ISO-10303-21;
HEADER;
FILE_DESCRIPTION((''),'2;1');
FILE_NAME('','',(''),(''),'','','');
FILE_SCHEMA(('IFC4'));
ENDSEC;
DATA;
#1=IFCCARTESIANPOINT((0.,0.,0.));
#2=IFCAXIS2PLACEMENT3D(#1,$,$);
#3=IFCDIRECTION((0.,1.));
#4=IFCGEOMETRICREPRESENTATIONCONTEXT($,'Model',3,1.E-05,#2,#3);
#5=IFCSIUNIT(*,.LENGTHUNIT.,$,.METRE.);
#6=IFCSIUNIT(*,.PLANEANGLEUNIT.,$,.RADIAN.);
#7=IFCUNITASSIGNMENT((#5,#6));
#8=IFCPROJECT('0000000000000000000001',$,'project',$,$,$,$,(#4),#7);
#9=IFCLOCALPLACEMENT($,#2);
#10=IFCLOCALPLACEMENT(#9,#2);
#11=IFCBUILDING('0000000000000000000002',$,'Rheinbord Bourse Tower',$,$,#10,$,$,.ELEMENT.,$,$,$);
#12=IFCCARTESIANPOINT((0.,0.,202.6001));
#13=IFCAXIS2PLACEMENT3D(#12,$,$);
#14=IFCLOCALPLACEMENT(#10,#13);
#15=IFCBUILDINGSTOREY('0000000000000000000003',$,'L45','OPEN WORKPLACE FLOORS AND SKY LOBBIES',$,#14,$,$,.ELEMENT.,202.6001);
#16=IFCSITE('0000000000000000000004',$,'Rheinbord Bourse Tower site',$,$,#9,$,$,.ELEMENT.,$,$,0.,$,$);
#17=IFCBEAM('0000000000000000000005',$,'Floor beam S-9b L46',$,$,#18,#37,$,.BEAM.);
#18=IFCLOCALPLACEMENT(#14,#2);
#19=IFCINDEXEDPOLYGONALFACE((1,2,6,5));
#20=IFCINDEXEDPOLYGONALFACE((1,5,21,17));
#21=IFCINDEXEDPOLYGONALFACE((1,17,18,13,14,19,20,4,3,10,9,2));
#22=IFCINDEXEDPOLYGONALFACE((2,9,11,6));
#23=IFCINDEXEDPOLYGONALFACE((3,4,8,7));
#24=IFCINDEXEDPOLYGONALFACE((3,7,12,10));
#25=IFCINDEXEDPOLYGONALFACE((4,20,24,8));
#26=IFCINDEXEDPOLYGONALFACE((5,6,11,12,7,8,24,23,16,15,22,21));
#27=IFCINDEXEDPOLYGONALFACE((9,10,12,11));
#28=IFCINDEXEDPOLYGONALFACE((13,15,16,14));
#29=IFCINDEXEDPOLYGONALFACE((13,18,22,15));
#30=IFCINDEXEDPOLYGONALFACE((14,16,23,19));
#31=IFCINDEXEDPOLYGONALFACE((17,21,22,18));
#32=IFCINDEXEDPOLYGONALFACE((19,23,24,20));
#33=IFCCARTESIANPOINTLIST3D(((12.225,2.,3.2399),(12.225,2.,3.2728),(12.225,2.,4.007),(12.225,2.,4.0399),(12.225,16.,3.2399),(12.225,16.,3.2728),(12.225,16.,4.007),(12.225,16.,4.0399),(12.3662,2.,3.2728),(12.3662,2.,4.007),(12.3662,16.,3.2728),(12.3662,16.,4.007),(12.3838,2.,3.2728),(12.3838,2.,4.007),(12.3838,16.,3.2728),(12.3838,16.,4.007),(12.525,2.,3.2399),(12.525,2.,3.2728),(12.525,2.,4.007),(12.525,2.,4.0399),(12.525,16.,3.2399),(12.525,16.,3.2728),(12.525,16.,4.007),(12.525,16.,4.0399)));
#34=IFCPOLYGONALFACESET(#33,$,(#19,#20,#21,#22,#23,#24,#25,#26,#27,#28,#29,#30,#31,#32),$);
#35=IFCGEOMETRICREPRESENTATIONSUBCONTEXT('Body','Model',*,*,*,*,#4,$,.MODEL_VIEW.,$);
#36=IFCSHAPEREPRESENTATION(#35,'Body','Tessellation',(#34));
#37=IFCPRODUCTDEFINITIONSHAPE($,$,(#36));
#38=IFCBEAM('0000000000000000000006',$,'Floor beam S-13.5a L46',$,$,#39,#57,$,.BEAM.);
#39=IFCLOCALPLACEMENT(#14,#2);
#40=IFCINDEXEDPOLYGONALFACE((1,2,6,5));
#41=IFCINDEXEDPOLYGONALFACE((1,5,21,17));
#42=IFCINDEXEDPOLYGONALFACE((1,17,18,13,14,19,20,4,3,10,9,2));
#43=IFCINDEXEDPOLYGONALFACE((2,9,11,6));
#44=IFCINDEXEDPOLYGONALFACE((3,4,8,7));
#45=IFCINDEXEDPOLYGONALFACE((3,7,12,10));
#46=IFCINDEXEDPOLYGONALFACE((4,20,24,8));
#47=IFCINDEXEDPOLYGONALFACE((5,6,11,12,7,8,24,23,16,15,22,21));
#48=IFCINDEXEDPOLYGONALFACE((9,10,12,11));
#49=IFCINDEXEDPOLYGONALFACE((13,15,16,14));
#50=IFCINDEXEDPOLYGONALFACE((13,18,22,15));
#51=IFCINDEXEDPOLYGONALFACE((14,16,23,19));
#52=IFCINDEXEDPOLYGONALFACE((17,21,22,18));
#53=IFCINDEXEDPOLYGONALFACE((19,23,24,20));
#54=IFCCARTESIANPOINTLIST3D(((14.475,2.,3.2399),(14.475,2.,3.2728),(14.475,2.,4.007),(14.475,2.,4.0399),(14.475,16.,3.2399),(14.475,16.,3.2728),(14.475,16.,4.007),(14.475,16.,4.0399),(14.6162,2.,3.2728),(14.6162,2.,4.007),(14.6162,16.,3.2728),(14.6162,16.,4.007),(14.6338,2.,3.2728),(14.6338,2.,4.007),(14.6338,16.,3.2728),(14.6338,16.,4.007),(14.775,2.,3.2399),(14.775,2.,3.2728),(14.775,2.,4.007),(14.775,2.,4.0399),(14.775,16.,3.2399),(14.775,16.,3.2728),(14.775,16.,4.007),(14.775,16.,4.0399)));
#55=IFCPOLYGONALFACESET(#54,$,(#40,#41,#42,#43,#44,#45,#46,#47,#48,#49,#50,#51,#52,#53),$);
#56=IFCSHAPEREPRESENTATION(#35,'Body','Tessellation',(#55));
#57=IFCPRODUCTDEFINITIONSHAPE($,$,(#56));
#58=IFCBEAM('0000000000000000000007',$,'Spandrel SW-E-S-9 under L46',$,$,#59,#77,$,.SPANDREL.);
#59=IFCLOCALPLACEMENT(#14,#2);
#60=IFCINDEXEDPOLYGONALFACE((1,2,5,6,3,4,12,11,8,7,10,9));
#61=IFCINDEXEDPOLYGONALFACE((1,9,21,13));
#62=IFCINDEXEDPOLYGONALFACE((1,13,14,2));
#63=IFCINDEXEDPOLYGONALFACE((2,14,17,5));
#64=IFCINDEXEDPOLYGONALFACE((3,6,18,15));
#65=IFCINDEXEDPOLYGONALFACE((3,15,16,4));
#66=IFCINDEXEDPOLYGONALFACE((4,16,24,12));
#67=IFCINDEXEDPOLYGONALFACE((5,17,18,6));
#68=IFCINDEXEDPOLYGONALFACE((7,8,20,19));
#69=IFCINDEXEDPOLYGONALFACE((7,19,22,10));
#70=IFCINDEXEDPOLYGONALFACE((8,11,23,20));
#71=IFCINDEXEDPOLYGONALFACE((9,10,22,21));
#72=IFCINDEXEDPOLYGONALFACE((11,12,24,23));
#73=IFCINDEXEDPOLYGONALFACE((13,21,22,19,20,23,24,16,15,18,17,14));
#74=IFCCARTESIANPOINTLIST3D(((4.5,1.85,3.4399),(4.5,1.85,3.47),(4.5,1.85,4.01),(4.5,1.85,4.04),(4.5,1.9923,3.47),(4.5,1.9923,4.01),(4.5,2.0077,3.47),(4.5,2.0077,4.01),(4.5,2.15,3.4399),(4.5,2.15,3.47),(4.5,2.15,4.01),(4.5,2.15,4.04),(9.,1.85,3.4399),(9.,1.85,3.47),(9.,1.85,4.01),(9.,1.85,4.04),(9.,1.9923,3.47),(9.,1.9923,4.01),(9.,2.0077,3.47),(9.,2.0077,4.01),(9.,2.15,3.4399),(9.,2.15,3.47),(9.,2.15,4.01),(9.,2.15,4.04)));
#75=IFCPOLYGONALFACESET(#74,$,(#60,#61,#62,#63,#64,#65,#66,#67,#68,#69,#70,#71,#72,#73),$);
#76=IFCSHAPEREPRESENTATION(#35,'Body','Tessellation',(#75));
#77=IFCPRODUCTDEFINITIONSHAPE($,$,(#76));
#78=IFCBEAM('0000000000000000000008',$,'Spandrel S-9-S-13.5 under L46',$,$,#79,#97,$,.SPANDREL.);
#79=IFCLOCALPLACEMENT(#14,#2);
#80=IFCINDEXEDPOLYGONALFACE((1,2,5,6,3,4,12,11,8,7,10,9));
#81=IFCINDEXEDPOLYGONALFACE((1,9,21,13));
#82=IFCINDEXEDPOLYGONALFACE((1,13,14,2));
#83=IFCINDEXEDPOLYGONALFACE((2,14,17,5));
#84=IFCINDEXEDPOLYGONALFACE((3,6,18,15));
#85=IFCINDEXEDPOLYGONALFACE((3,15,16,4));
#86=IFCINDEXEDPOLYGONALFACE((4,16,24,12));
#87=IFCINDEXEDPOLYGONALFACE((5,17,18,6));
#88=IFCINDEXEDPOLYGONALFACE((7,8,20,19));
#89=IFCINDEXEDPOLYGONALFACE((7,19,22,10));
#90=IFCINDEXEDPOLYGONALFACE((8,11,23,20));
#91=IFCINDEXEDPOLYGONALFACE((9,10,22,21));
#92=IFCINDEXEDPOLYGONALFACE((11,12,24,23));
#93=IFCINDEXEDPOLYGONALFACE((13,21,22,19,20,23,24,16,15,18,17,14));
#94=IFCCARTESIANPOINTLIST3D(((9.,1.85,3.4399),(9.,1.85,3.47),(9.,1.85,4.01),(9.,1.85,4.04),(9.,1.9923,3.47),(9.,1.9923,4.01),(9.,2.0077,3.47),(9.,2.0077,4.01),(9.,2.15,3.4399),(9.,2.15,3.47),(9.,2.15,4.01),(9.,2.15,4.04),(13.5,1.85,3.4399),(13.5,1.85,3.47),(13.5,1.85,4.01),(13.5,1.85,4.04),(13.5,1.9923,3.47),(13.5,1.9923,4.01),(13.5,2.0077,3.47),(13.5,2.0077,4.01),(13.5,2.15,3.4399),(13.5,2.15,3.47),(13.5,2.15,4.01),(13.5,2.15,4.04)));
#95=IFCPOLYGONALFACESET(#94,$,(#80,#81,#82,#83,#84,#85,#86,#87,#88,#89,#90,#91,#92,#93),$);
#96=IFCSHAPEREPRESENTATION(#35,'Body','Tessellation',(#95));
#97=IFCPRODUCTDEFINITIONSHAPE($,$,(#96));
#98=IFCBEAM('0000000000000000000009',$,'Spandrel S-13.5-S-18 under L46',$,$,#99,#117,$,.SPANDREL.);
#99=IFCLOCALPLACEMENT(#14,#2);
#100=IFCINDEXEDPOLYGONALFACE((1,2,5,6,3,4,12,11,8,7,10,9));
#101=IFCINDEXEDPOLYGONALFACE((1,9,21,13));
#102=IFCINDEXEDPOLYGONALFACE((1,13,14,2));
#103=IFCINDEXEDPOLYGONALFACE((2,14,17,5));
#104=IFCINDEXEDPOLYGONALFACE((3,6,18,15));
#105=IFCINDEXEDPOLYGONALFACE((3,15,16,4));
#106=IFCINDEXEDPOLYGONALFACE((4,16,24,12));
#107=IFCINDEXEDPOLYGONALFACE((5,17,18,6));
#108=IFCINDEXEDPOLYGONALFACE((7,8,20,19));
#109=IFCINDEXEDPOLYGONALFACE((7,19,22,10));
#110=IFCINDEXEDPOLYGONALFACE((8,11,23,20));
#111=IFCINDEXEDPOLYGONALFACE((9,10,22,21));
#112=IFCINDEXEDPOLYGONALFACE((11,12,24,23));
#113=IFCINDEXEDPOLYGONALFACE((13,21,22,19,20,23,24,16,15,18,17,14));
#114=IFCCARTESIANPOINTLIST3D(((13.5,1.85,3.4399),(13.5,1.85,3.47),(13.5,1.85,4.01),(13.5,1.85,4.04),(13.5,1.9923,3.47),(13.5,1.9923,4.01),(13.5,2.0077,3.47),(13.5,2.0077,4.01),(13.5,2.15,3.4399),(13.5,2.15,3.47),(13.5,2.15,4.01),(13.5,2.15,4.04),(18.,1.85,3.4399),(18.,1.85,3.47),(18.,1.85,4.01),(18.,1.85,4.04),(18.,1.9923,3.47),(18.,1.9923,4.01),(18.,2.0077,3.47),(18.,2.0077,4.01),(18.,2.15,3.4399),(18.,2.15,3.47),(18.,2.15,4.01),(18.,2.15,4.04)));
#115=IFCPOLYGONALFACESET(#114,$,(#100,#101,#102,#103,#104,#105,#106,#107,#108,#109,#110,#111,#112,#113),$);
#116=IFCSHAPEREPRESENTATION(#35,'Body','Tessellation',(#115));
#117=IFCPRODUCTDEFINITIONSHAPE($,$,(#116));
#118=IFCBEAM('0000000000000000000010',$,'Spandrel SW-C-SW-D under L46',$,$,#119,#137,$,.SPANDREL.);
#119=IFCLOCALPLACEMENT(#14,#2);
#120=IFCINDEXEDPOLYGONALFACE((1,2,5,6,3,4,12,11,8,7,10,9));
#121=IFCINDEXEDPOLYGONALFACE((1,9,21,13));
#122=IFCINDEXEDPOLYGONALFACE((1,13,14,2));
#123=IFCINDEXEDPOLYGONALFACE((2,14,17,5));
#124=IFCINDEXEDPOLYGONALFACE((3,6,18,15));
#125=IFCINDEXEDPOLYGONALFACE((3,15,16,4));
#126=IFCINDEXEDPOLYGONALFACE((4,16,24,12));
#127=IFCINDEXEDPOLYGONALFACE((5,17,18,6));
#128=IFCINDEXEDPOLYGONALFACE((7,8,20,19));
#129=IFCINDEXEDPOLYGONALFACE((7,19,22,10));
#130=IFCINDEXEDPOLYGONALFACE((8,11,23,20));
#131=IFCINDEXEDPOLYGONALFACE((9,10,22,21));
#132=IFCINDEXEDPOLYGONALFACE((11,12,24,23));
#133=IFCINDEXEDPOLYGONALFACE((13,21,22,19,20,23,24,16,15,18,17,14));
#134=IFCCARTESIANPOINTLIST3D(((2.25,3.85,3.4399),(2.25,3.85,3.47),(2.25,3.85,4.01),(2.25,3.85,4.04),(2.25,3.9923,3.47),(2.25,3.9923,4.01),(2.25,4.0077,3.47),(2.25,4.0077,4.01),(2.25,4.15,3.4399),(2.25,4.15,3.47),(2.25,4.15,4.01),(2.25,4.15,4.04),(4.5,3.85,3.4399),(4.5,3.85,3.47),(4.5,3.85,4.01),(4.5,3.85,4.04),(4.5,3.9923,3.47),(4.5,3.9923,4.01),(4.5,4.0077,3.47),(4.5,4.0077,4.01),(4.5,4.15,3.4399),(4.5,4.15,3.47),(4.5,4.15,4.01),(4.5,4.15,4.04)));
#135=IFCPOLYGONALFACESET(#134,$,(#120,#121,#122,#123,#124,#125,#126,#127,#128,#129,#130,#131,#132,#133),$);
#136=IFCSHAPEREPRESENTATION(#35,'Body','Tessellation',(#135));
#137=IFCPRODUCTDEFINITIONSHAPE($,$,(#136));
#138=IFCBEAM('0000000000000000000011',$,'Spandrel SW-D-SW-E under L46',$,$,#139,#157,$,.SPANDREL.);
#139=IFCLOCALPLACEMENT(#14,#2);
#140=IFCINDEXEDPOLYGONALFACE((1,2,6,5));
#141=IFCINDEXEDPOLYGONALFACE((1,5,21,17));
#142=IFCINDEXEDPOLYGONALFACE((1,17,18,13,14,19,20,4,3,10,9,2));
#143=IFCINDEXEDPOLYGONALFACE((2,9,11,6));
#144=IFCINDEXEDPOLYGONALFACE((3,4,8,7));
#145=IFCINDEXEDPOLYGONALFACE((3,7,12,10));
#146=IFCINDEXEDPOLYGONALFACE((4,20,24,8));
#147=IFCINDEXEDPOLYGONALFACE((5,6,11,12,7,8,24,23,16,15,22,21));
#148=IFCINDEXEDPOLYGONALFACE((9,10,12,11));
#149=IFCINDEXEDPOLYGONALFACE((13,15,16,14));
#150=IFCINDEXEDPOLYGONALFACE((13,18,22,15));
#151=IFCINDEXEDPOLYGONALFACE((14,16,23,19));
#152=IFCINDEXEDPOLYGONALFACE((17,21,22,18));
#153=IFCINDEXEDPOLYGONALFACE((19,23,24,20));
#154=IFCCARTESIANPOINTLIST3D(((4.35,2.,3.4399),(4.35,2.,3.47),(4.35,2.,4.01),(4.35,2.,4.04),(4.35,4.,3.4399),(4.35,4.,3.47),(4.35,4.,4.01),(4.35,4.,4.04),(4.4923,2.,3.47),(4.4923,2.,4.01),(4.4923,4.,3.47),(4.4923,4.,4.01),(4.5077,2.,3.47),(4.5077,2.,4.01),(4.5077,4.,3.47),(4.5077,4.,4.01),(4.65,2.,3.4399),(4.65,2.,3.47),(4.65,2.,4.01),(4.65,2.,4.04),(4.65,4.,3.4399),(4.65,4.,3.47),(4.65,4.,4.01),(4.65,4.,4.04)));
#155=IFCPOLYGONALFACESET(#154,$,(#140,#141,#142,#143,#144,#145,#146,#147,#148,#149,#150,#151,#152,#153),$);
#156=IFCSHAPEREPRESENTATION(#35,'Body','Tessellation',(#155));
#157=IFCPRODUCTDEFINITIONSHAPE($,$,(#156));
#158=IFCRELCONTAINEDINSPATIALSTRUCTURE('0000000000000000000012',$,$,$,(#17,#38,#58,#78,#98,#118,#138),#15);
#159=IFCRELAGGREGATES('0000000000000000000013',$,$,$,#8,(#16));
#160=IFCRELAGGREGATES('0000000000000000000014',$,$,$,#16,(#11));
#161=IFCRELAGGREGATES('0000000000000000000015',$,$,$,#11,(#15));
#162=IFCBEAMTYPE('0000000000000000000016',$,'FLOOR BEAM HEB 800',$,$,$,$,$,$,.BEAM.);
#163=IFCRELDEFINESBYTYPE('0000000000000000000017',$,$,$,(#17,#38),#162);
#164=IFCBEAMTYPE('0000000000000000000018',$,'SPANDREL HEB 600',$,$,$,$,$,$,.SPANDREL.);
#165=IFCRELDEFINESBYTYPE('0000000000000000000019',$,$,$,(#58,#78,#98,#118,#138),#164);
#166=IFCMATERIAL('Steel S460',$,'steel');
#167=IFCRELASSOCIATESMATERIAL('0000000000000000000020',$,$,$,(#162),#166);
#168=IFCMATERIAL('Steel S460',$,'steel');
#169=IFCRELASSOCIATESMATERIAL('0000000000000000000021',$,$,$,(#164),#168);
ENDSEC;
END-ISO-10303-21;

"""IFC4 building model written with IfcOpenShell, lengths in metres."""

from ifc_helpers import new_model, si_unit, direction, frame, origin, origin_2d, place, context, subcontext, project, spatial, i_section, extrude, material, material_profile, profile_set, type_object, element, save


model = new_model("IFC4")

# Units and contexts
model_context = context("Model", 3, precision=1e-05, world=origin(), true_north=direction((0.0, 1.0)))
body_context = subcontext(model_context, "Body", "Model", "MODEL_VIEW")
ifc_project = project(units=[si_unit("LENGTHUNIT", "METRE"), si_unit("PLANEANGLEUNIT", "RADIAN")], contexts=[model_context])

# Site, building, storey
site_placement = place(None, origin())
site = spatial("IfcSite", under=ifc_project, at=site_placement, Name="Rheinbord Bourse Tower site", CompositionType="ELEMENT", RefElevation=0.0)
building_placement = place(site_placement, origin())
building = spatial("IfcBuilding", under=site, at=building_placement, Name="Rheinbord Bourse Tower", CompositionType="ELEMENT")
storey_placement = place(building_placement, frame((0.0, 0.0, 202.6001)))
storey = spatial("IfcBuildingStorey", under=building, at=storey_placement, Name="L45", Description="OPEN WORKPLACE FLOORS AND SKY LOBBIES", CompositionType="ELEMENT", Elevation=202.6001)

# Beams
ifc_material_1 = material(Name="Steel S460", Category="steel")
ifc_material_profile_1 = material_profile(ifc_material_1, i_section(OverallWidth=0.3, OverallDepth=0.8, WebThickness=0.0176, FlangeThickness=0.033, at=origin_2d()), Name="HEB 800")
ifc_profile_set_1 = profile_set([ifc_material_profile_1], Name="Steel S460")
beam_type_1 = type_object("IfcBeamType", Name="FLOOR BEAM HEB 800", PredefinedType="BEAM", material=ifc_profile_set_1)
for number, where, z_axis, x_axis, name in (
    (1, (12.375, 2.0, 3.6399), (0.0, 1.0, 0.0), (-1.0, 0.0, 0.0), "Floor beam S-9b L46"),
    (2, (14.625, 2.0, 3.6399), (0.0, 1.0, 0.0), (-1.0, 0.0, 0.0), "Floor beam S-13.5a L46"),
):
    element("IfcBeam", number, at=place(storey_placement, frame(where, z_axis=z_axis, x_axis=x_axis)), inside=storey, type_object=beam_type_1, Name=name, PredefinedType="BEAM", context=body_context, shape_type="SweptSolid", body=[
        extrude(i_section(OverallWidth=0.3, OverallDepth=0.8, WebThickness=0.0176, FlangeThickness=0.033, at=origin_2d()), origin(), (0.0, 0.0, 1.0), 14.0),
    ])
ifc_material_2 = material(Name="Steel S460", Category="steel")
ifc_material_profile_2 = material_profile(ifc_material_2, i_section(OverallWidth=0.3, OverallDepth=0.6001, WebThickness=0.0154, FlangeThickness=0.03, at=origin_2d()), Name="HEB 600")
ifc_profile_set_2 = profile_set([ifc_material_profile_2], Name="Steel S460")
beam_type_2 = type_object("IfcBeamType", Name="SPANDREL HEB 600", PredefinedType="SPANDREL", material=ifc_profile_set_2)
for number, where, z_axis, x_axis, name in (
    (3, (4.5, 2.0, 3.74), (1.0, 0.0, 0.0), (0.0, 1.0, 0.0), "Spandrel SW-E-S-9 under L46"),
    (4, (9.0, 2.0, 3.74), (1.0, 0.0, 0.0), (0.0, 1.0, 0.0), "Spandrel S-9-S-13.5 under L46"),
    (5, (13.5, 2.0, 3.74), (1.0, 0.0, 0.0), (0.0, 1.0, 0.0), "Spandrel S-13.5-S-18 under L46"),
):
    element("IfcBeam", number, at=place(storey_placement, frame(where, z_axis=z_axis, x_axis=x_axis)), inside=storey, type_object=beam_type_2, Name=name, PredefinedType="SPANDREL", context=body_context, shape_type="SweptSolid", body=[
        extrude(i_section(OverallWidth=0.3, OverallDepth=0.6001, WebThickness=0.0154, FlangeThickness=0.03, at=origin_2d()), origin(), (0.0, 0.0, 1.0), 4.5),
    ])
beam_1_placement = place(storey_placement, frame((2.25, 4.0, 3.74), z_axis=(1.0, 0.0, 0.0), x_axis=(0.0, 1.0, 0.0)))
element("IfcBeam", 6, at=beam_1_placement, inside=storey, type_object=beam_type_2, Name="Spandrel SW-C-SW-D under L46", PredefinedType="SPANDREL", context=body_context, shape_type="SweptSolid", body=[
    extrude(i_section(OverallWidth=0.3, OverallDepth=0.6001, WebThickness=0.0154, FlangeThickness=0.03, at=origin_2d()), origin(), (0.0, 0.0, 1.0), 2.25),
])
beam_2_placement = place(storey_placement, frame((4.5, 4.0, 3.74), z_axis=(0.0, -1.0, 0.0), x_axis=(1.0, 0.0, 0.0)))
element("IfcBeam", 7, at=beam_2_placement, inside=storey, type_object=beam_type_2, Name="Spandrel SW-D-SW-E under L46", PredefinedType="SPANDREL", context=body_context, shape_type="SweptSolid", body=[
    extrude(i_section(OverallWidth=0.3, OverallDepth=0.6001, WebThickness=0.0154, FlangeThickness=0.03, at=origin_2d()), origin(), (0.0, 0.0, 1.0), 2.0),
])

save(model, "model.ifc")
